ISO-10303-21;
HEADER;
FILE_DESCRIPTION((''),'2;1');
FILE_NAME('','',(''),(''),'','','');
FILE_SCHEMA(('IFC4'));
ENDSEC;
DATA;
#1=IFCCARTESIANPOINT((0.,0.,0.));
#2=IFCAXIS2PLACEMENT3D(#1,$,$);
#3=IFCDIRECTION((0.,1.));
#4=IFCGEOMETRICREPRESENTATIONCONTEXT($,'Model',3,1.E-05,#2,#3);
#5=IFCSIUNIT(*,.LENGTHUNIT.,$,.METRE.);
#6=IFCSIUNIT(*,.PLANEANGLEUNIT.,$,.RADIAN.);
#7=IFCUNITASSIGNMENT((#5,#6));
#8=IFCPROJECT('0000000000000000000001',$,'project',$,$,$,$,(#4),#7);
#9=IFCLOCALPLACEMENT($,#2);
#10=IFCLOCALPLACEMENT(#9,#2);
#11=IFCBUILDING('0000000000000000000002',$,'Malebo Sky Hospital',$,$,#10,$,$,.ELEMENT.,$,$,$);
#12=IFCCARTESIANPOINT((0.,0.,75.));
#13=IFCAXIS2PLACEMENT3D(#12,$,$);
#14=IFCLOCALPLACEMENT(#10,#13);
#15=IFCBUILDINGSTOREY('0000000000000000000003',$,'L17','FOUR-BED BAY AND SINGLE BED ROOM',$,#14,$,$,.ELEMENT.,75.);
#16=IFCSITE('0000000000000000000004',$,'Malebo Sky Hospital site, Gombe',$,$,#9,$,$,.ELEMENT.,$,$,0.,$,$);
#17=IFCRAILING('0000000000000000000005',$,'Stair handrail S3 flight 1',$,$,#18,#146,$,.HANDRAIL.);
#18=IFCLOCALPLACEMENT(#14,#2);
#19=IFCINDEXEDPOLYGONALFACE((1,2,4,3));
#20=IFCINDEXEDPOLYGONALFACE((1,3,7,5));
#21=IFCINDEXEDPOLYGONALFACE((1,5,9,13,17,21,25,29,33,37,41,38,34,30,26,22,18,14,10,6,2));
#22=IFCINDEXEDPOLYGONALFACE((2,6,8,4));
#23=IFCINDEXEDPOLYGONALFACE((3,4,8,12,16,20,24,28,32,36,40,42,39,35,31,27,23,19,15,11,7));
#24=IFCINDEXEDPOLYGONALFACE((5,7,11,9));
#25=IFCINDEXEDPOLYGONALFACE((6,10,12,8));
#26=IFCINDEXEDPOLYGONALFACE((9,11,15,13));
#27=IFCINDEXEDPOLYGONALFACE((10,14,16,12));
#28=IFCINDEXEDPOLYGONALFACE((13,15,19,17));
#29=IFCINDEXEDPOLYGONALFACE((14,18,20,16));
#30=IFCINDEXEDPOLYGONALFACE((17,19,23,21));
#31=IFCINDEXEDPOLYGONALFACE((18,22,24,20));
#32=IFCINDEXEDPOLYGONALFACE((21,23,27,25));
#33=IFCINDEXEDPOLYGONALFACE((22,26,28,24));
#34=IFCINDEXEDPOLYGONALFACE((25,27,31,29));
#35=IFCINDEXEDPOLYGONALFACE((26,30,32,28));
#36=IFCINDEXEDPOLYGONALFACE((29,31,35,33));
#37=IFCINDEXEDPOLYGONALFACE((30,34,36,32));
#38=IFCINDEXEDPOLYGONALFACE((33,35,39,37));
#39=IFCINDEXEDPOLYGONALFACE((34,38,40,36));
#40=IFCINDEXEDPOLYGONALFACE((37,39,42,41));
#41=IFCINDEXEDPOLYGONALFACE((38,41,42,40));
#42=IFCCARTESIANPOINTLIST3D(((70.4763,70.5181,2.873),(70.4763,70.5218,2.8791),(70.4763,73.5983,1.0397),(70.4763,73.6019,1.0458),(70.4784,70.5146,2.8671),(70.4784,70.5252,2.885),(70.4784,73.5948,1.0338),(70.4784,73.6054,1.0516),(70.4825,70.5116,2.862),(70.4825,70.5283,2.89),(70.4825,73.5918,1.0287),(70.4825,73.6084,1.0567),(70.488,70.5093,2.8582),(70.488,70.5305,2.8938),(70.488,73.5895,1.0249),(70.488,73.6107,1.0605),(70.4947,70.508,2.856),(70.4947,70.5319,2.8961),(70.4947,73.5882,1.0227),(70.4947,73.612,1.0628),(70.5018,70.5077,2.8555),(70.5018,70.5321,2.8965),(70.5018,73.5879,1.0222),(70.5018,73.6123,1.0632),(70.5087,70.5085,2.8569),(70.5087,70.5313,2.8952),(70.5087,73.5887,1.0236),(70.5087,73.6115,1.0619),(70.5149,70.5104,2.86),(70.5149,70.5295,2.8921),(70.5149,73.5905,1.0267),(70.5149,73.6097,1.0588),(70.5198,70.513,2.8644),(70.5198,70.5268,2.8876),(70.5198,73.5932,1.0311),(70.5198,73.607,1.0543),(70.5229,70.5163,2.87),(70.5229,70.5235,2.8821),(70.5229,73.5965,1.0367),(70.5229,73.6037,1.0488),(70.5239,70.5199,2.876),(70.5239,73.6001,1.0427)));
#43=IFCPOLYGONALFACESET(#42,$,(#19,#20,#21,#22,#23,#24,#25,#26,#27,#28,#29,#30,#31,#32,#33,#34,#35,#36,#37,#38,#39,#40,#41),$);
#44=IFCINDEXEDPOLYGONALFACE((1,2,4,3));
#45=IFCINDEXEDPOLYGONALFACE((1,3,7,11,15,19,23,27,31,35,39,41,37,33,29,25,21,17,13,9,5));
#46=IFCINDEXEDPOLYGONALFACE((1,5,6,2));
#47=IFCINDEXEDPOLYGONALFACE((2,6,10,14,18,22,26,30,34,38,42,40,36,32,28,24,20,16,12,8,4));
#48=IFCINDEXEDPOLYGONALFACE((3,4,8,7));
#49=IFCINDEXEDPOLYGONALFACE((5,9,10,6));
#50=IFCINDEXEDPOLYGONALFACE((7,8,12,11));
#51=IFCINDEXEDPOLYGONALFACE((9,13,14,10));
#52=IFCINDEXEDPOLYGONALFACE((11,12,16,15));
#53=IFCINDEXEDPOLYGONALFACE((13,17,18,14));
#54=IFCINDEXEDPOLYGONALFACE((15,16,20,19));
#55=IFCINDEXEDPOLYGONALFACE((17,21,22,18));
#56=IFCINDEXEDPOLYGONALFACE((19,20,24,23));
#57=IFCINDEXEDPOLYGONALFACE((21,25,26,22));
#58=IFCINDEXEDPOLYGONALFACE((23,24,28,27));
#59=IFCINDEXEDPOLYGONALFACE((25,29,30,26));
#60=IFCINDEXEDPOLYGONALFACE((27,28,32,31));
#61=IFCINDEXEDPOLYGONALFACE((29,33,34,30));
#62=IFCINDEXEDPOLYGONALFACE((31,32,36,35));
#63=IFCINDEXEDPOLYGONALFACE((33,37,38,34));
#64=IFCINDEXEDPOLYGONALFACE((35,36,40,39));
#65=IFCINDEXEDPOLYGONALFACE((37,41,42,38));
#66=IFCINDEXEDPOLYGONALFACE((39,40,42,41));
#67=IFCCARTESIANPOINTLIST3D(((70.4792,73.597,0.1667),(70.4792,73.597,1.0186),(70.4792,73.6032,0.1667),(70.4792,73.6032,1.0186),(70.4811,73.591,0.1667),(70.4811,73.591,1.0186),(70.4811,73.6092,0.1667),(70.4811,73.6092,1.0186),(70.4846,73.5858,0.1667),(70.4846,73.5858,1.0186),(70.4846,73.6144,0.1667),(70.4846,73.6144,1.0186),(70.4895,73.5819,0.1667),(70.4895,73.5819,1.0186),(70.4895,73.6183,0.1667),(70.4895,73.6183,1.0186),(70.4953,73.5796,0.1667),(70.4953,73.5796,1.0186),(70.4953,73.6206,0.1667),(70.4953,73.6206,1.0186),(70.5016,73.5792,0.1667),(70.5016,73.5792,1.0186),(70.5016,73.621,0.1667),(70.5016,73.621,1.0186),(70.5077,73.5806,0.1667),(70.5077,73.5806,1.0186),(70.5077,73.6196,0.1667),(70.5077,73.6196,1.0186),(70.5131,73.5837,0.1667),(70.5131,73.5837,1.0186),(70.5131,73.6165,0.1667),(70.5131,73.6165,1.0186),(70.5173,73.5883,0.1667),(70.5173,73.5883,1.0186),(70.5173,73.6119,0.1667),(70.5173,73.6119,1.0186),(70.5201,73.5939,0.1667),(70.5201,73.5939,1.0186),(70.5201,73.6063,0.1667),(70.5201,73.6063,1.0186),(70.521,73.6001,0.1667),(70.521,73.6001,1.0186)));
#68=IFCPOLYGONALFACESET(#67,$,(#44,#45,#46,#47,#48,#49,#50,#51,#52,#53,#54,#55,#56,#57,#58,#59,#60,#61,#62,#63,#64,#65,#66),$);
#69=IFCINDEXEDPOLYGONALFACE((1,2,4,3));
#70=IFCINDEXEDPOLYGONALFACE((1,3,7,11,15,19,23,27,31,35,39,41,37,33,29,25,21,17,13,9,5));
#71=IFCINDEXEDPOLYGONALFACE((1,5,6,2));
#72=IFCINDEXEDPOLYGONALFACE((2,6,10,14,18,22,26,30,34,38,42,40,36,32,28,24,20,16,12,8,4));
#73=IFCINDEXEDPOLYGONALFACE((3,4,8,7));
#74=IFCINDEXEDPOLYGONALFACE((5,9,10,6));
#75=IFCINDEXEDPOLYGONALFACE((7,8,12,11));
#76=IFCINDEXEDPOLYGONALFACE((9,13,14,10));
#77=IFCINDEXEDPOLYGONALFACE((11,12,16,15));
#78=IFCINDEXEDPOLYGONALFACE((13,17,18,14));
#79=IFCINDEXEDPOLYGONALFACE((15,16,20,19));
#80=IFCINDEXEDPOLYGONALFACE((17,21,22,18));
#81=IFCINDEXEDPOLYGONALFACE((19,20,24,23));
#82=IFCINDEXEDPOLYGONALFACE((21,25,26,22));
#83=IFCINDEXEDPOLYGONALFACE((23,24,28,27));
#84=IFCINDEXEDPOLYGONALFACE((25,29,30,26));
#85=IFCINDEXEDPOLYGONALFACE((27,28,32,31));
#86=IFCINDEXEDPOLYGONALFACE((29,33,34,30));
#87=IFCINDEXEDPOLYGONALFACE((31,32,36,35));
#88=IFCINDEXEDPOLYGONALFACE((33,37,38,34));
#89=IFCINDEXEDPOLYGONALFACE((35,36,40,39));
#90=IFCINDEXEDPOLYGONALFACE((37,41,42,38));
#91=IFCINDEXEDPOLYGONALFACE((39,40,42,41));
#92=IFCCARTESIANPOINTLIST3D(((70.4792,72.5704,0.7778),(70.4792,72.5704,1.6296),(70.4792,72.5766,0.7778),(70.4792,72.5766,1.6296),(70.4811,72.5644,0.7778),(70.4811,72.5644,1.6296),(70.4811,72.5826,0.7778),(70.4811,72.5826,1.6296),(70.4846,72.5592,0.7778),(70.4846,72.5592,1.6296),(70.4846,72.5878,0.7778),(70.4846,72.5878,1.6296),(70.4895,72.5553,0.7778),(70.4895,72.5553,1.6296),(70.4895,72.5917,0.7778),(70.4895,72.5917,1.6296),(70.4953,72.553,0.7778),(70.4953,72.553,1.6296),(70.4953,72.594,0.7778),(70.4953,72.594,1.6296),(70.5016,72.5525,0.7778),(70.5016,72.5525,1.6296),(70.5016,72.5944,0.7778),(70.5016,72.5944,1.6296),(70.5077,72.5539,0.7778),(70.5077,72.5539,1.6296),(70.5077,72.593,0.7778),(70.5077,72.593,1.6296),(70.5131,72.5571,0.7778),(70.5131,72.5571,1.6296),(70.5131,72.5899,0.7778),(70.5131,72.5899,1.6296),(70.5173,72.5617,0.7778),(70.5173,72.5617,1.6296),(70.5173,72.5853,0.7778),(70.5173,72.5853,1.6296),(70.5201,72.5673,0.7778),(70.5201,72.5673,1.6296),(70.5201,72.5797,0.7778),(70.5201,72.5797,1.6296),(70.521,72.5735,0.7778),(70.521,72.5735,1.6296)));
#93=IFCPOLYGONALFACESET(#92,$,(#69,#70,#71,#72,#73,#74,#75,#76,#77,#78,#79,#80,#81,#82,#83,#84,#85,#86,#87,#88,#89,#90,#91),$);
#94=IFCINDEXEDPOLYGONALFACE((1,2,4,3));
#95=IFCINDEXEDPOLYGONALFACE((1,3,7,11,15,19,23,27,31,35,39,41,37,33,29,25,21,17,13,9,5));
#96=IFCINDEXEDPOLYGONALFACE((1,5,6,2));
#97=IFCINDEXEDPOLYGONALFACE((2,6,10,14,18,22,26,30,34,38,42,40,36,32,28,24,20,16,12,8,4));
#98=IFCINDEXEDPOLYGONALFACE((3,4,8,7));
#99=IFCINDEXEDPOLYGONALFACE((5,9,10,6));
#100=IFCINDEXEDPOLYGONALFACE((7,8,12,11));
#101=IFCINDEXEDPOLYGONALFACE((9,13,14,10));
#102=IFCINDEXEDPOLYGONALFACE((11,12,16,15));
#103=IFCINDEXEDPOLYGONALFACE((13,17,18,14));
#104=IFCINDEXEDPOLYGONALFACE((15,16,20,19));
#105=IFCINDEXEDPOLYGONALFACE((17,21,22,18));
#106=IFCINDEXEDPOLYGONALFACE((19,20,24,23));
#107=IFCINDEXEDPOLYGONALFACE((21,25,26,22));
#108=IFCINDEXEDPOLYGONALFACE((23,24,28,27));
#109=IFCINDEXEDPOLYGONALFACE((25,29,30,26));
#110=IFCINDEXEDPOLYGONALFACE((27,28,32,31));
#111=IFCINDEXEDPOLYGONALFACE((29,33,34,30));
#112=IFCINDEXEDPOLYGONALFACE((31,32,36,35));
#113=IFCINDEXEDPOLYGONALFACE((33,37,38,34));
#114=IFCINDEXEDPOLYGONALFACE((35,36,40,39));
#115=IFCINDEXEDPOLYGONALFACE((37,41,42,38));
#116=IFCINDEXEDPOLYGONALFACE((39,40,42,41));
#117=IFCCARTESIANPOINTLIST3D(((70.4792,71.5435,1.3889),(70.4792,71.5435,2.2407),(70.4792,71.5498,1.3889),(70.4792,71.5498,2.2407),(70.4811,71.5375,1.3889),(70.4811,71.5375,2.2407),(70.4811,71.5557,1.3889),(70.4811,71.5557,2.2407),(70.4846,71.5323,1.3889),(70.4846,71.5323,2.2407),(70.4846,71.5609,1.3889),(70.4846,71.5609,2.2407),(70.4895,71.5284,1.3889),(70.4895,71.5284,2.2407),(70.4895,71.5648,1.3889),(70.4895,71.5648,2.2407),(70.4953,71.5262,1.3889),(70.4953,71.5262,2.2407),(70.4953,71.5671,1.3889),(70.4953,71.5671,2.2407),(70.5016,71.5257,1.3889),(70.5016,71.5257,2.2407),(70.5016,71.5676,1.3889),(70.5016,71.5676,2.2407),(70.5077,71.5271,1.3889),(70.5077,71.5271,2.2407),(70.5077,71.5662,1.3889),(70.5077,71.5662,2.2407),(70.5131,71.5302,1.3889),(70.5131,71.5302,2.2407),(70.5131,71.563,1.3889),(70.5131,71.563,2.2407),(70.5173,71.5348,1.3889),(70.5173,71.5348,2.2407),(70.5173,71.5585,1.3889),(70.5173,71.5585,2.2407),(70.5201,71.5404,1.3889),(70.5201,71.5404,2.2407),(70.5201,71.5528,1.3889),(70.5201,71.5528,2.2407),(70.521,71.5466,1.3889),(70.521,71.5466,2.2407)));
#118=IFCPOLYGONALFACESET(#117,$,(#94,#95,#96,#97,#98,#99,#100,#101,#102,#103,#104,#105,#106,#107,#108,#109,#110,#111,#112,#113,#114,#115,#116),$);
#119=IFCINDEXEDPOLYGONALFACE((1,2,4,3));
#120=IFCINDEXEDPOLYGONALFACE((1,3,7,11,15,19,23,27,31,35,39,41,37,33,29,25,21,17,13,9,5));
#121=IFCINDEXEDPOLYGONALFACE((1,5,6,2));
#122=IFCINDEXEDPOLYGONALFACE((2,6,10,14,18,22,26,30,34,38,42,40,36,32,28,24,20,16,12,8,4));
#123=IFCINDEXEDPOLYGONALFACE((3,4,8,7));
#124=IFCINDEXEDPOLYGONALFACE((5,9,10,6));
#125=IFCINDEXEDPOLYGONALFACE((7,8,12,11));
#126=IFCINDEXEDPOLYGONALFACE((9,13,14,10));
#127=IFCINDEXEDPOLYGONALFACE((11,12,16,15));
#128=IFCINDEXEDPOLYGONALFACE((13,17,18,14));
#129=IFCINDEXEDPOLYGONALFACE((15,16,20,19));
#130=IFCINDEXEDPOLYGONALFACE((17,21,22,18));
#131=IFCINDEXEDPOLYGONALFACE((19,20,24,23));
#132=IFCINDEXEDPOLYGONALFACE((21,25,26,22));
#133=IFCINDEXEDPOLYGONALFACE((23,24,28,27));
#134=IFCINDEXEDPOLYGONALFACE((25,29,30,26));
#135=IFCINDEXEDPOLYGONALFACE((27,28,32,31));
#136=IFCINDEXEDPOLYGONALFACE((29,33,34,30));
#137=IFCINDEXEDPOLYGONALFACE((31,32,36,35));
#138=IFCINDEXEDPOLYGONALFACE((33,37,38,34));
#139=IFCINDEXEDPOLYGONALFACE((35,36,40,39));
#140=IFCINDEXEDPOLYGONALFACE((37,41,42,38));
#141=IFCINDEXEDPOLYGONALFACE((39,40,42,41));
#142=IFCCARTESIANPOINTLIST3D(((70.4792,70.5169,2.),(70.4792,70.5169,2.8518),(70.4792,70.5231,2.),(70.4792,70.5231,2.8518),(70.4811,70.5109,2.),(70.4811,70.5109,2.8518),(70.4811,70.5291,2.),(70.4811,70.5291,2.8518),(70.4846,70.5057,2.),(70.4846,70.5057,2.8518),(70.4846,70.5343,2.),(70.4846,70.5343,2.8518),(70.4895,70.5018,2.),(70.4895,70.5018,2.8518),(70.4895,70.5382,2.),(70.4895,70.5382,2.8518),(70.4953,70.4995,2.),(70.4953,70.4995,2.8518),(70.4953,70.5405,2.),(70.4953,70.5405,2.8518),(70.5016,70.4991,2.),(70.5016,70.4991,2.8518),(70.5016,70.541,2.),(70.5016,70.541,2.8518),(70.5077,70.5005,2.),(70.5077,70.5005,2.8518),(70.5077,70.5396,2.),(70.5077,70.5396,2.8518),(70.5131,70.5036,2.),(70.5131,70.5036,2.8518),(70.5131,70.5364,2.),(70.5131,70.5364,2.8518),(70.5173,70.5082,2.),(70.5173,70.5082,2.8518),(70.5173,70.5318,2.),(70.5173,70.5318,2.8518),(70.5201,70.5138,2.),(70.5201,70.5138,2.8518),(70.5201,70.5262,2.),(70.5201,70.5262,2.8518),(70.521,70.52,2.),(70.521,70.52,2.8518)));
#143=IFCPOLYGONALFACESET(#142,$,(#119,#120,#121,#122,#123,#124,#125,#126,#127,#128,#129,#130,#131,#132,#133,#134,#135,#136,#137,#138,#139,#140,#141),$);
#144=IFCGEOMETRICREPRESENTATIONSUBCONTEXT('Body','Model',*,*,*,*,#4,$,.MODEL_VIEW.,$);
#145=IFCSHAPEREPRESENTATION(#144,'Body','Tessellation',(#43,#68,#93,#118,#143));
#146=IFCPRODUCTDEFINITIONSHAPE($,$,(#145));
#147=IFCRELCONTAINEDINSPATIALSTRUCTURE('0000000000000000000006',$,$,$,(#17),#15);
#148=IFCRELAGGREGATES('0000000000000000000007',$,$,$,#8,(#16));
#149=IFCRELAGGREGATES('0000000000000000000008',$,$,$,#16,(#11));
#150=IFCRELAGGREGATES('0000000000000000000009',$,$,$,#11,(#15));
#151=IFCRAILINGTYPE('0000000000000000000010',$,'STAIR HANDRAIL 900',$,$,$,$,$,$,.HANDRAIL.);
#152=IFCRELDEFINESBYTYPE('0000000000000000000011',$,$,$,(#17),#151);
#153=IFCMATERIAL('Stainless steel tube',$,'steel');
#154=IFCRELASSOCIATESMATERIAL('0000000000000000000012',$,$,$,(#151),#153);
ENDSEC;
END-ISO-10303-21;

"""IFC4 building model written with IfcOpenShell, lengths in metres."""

from ifc_helpers import new_model, si_unit, direction, frame, origin, origin_2d, place, context, subcontext, project, spatial, circle, extrude, material, type_object, element, save


model = new_model("IFC4")

# Units and contexts
model_context = context("Model", 3, precision=1e-05, world=origin(), true_north=direction((0.0, 1.0)))
body_context = subcontext(model_context, "Body", "Model", "MODEL_VIEW")
ifc_project = project(units=[si_unit("LENGTHUNIT", "METRE"), si_unit("PLANEANGLEUNIT", "RADIAN")], contexts=[model_context])

# Site, building, storey
site_placement = place(None, origin())
site = spatial("IfcSite", under=ifc_project, at=site_placement, Name="Malebo Sky Hospital site, Gombe", CompositionType="ELEMENT", RefElevation=0.0)
building_placement = place(site_placement, origin())
building = spatial("IfcBuilding", under=site, at=building_placement, Name="Malebo Sky Hospital", CompositionType="ELEMENT")
storey_placement = place(building_placement, frame((0.0, 0.0, 75.0)))
storey = spatial("IfcBuildingStorey", under=building, at=storey_placement, Name="L17", Description="FOUR-BED BAY AND SINGLE BED ROOM", CompositionType="ELEMENT", Elevation=75.0)

# Railing
ifc_material_1 = material(Name="Stainless steel tube", Category="steel")
railing_type = type_object("IfcRailingType", Name="STAIR HANDRAIL 900", PredefinedType="HANDRAIL", material=ifc_material_1)
railing_1_placement = place(storey_placement, frame((70.5, 73.6001, 0.1667)))
element("IfcRailing", 1, at=railing_1_placement, inside=storey, type_object=railing_type, Name="Stair handrail S3 flight 1", PredefinedType="HANDRAIL", context=body_context, shape_type="SweptSolid", body=[
    extrude(circle(Radius=0.0239, at=origin_2d()), frame((0.0, 0.0, 0.876), z_axis=(0.0, -0.859309, 0.511458), x_axis=(1.0, 0.0, 0.0)), (0.0, 0.0, 1.0), 3.5845),
    extrude(circle(Radius=0.021, at=origin_2d()), origin(), (0.0, 0.0, 1.0), 0.8518),
    extrude(circle(Radius=0.021, at=origin_2d()), frame((0.0, -1.0266, 0.6111)), (0.0, 0.0, 1.0), 0.8518),
    extrude(circle(Radius=0.021, at=origin_2d()), frame((0.0, -2.0535, 1.2222)), (0.0, 0.0, 1.0), 0.8518),
    extrude(circle(Radius=0.021, at=origin_2d()), frame((0.0, -3.0801, 1.8333)), (0.0, 0.0, 1.0), 0.8518),
])

save(model, "model.ifc")
